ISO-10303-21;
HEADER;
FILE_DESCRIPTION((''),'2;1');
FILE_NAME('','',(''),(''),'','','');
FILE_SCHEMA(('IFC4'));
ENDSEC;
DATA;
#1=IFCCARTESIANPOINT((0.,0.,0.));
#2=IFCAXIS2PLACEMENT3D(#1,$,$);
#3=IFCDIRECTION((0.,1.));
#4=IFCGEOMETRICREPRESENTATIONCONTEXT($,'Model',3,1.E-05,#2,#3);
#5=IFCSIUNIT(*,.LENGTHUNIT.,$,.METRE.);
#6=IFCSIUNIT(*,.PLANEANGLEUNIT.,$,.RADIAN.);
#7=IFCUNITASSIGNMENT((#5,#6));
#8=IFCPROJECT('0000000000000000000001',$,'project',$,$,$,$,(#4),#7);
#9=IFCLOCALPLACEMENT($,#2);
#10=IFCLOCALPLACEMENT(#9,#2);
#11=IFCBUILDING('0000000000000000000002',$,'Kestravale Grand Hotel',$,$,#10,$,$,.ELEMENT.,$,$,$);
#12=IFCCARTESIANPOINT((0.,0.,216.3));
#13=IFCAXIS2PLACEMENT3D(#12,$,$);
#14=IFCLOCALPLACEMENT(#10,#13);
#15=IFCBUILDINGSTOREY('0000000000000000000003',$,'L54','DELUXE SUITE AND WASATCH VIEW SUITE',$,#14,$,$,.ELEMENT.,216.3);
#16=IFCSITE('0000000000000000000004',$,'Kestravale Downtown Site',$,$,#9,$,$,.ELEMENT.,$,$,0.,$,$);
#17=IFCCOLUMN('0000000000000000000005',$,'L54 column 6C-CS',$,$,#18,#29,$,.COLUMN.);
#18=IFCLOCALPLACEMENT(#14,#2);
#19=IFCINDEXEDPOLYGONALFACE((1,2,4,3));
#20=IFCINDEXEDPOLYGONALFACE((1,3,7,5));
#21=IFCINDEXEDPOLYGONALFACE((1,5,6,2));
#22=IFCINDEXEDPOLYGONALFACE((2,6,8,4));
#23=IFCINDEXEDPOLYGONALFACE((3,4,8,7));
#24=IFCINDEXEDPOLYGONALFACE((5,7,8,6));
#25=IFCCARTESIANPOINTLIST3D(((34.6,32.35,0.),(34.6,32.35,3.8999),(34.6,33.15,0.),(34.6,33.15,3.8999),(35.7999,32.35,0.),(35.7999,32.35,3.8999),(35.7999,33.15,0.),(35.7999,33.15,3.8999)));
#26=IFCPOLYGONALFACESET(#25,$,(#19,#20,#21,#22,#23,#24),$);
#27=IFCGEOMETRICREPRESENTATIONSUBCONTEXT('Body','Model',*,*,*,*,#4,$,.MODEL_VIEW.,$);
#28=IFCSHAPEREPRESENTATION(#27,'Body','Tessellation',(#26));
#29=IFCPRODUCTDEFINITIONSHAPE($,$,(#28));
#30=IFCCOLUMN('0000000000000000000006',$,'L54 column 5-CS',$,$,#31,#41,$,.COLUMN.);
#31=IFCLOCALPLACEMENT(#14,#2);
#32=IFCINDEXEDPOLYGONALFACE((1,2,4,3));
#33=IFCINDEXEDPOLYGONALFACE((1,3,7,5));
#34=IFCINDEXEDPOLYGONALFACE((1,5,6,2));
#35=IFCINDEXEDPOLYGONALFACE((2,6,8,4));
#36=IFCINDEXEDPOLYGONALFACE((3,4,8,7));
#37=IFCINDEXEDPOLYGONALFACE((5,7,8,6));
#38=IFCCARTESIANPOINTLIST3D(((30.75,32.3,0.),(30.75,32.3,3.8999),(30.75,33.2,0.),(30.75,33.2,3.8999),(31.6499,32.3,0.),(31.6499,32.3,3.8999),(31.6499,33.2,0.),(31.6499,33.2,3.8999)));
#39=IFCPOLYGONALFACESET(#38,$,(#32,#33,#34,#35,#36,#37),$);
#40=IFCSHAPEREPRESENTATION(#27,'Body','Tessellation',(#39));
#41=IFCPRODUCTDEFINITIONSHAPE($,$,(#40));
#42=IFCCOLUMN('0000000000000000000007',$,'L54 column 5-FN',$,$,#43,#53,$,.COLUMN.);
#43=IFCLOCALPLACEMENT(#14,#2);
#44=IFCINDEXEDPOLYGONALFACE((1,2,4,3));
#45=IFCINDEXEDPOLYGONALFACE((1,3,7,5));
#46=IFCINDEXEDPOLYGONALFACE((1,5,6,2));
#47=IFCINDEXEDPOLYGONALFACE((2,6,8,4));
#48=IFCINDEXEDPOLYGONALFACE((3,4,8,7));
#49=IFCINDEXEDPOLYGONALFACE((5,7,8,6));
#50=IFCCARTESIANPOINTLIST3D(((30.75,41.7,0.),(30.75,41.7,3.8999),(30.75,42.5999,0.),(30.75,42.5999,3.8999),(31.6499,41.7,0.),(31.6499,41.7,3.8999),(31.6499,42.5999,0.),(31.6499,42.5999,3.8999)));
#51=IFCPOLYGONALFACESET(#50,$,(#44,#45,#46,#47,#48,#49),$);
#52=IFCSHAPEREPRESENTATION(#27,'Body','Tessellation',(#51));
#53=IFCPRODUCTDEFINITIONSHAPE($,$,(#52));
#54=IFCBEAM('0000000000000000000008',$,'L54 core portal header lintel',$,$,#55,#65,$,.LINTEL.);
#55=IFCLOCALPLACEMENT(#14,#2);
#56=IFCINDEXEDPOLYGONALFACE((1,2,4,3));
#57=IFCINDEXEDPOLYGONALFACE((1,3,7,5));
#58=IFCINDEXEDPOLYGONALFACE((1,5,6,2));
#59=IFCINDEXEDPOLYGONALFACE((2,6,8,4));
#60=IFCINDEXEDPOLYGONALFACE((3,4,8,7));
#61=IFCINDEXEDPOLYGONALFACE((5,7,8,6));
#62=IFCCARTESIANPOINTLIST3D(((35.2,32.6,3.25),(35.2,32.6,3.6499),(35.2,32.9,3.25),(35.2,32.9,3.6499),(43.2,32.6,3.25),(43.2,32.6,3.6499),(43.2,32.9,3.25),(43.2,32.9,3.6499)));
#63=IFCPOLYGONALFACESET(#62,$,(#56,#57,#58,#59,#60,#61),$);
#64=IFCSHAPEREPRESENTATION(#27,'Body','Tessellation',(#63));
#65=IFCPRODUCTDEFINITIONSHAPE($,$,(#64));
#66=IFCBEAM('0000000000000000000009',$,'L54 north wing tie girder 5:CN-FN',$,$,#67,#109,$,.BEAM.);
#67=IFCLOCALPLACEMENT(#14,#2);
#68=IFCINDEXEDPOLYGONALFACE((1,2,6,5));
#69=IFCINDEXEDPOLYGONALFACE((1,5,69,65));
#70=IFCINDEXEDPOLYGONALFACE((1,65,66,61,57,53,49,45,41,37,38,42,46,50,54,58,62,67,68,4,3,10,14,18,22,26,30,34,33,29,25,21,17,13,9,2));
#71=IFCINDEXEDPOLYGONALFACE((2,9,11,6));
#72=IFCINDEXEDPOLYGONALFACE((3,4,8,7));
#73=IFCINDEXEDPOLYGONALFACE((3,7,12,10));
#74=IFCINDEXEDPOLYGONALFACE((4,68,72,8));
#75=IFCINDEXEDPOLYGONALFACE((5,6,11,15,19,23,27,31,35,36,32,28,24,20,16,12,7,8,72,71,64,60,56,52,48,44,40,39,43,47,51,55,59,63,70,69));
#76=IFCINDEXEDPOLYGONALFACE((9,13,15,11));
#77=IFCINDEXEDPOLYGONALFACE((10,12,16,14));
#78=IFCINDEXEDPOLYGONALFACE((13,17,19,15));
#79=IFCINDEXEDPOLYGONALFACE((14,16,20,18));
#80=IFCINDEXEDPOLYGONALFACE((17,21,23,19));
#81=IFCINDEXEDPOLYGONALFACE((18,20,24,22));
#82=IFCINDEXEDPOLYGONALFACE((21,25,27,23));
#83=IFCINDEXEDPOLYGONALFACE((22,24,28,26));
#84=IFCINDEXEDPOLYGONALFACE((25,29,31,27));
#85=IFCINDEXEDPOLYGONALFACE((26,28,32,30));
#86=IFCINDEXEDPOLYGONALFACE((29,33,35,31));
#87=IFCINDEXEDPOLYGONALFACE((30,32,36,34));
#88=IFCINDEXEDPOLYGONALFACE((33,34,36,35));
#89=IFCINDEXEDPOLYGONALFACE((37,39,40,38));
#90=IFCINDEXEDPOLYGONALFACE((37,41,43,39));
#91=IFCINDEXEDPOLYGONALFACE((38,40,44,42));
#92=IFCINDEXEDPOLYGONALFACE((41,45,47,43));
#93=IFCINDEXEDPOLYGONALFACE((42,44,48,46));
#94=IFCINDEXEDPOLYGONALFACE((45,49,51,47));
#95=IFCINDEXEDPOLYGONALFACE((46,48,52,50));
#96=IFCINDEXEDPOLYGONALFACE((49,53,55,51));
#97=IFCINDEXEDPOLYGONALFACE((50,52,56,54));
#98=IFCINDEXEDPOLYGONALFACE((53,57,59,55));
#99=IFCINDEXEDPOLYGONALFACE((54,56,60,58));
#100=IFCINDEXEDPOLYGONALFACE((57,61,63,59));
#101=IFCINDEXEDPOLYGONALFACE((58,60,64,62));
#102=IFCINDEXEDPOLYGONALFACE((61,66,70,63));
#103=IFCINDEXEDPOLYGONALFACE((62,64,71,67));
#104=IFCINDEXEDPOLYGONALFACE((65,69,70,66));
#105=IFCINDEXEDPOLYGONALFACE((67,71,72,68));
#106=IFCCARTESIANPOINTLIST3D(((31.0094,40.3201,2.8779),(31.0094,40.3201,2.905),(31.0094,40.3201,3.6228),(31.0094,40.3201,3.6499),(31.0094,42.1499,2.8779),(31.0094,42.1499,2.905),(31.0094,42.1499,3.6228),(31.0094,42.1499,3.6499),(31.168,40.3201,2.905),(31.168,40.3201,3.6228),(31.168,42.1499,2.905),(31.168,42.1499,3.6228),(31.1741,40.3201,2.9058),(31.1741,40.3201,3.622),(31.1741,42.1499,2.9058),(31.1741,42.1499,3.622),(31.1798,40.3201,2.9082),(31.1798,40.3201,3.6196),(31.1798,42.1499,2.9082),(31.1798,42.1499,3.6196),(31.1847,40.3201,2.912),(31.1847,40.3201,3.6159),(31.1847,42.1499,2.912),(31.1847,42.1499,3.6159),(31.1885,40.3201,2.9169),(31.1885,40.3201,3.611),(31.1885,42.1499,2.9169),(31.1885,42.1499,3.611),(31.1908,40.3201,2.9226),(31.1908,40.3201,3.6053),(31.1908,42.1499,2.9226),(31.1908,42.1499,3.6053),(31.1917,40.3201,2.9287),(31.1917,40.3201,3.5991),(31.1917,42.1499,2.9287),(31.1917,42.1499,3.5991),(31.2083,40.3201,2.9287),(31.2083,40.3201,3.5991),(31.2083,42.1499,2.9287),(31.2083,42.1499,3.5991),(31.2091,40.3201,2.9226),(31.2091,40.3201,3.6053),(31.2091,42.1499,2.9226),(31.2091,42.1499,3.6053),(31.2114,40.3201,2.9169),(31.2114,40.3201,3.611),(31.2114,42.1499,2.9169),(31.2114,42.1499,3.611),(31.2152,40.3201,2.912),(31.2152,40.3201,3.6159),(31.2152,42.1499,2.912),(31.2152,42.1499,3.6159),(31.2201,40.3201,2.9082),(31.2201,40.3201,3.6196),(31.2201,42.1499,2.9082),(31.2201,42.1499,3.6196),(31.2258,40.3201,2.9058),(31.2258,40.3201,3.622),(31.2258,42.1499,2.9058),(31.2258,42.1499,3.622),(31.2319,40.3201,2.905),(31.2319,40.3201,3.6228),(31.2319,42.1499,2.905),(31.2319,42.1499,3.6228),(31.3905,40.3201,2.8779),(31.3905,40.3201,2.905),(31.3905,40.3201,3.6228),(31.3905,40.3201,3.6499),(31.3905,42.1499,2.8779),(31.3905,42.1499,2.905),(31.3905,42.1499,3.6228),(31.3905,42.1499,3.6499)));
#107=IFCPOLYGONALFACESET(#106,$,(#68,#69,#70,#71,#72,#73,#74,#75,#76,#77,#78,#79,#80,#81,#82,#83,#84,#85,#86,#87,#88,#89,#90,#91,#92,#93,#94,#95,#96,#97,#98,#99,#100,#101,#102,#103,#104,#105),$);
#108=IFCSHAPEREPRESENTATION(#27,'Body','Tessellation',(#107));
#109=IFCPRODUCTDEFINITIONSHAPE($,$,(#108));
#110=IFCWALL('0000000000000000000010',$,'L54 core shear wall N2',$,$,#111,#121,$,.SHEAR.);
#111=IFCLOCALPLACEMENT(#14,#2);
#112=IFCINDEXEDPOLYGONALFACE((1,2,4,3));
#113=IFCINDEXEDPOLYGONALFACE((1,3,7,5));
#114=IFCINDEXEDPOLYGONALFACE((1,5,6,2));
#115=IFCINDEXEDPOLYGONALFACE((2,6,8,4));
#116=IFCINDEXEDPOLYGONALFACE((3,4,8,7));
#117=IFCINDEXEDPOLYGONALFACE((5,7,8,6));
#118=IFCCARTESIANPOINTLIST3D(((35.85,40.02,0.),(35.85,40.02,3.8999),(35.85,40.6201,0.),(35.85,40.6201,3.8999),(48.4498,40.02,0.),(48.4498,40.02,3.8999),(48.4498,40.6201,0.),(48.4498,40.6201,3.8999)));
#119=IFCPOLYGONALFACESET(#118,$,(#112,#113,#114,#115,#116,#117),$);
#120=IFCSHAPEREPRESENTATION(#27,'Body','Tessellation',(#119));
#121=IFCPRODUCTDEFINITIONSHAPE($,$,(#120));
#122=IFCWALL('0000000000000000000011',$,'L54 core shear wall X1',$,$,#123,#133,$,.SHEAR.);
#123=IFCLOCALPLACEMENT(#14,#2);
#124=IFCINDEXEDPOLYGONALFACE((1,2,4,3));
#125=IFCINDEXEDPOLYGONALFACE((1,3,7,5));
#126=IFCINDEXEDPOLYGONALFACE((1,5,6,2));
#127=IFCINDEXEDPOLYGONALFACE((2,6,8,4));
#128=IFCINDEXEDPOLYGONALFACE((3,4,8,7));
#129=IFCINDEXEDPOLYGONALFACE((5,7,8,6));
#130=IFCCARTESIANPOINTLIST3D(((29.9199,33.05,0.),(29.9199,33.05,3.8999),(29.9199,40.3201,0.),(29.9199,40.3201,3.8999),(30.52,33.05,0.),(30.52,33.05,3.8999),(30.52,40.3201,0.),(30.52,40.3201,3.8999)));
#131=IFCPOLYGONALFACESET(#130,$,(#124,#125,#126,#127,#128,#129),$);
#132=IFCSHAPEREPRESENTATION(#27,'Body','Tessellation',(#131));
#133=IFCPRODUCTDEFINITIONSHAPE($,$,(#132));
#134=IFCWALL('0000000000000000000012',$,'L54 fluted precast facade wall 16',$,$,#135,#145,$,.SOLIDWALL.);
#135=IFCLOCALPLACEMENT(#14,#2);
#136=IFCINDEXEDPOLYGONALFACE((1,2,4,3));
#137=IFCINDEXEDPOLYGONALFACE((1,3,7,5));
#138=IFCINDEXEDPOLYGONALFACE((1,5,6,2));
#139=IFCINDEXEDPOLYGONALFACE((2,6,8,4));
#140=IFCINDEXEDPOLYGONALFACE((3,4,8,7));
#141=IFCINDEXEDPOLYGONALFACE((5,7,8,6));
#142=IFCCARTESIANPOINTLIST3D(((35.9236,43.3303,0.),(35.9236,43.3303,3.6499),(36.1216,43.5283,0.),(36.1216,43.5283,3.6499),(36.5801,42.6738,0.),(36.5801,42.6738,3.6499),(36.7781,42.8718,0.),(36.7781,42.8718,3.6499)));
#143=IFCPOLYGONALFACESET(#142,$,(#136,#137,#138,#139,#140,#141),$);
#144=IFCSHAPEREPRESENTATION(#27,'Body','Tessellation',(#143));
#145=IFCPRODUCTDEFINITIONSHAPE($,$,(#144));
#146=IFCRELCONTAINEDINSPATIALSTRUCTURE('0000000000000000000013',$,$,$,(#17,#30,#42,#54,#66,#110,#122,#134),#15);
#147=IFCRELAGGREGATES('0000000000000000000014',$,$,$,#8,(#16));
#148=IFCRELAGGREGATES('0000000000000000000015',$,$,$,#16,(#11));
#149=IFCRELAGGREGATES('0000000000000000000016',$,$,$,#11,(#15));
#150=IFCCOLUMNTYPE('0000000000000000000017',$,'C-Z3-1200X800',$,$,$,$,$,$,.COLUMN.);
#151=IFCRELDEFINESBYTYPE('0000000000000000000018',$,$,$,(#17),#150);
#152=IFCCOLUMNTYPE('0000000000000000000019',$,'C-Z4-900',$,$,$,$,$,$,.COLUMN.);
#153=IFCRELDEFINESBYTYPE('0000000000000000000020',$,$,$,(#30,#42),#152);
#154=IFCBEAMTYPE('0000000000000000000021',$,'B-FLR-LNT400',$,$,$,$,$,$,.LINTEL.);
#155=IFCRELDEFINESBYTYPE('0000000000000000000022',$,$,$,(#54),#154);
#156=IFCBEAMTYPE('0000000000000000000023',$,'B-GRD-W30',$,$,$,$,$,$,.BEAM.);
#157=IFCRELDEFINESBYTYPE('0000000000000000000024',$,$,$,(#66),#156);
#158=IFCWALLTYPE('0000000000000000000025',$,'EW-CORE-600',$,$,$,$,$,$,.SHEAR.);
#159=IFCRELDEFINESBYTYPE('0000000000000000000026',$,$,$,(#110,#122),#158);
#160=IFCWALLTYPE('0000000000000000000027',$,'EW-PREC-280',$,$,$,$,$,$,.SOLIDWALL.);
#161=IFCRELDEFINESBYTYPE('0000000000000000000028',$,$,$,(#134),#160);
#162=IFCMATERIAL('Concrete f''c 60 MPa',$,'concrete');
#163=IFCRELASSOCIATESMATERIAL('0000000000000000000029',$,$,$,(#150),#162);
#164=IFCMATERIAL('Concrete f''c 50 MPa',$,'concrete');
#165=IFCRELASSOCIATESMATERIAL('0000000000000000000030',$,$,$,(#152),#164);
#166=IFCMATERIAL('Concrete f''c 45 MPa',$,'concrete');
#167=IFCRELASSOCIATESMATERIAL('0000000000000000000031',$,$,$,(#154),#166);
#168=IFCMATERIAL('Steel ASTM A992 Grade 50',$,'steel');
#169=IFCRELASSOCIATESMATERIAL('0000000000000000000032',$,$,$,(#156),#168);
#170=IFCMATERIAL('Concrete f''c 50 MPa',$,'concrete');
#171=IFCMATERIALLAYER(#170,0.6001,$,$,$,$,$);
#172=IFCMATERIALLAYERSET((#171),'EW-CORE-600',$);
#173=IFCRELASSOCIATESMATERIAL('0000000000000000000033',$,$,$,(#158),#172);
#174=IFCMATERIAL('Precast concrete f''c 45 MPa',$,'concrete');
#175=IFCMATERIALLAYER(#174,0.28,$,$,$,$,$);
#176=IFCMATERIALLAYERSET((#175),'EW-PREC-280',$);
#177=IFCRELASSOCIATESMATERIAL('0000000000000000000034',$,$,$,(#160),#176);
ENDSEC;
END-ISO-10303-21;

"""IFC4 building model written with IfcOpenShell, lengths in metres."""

from ifc_helpers import new_model, si_unit, direction, frame, frame_2d, origin, origin_2d, place, context, subcontext, project, spatial, rectangle, i_section, extrude, material, layer, layer_set, material_profile, profile_set, type_object, element, save


model = new_model("IFC4")

# Units and contexts
model_context = context("Model", 3, precision=1e-05, world=origin(), true_north=direction((0.0, 1.0)))
body_context = subcontext(model_context, "Body", "Model", "MODEL_VIEW")
ifc_project = project(units=[si_unit("LENGTHUNIT", "METRE"), si_unit("PLANEANGLEUNIT", "RADIAN")], contexts=[model_context])

# Site, building, storey
site_placement = place(None, origin())
site = spatial("IfcSite", under=ifc_project, at=site_placement, Name="Kestravale Downtown Site", CompositionType="ELEMENT", RefElevation=0.0)
building_placement = place(site_placement, origin())
building = spatial("IfcBuilding", under=site, at=building_placement, Name="Kestravale Grand Hotel", CompositionType="ELEMENT")
storey_placement = place(building_placement, frame((0.0, 0.0, 216.3)))
storey = spatial("IfcBuildingStorey", under=building, at=storey_placement, Name="L54", Description="DELUXE SUITE AND WASATCH VIEW SUITE", CompositionType="ELEMENT", Elevation=216.3)

# Columns
ifc_material_1 = material(Name="Concrete f'c 60 MPa", Category="concrete")
ifc_material_profile_1 = material_profile(ifc_material_1, rectangle(XDim=1.2, YDim=0.8, at=origin_2d()))
ifc_profile_set_1 = profile_set([ifc_material_profile_1], Name="Concrete f'c 60 MPa")
column_type_1 = type_object("IfcColumnType", Name="C-Z3-1200X800", PredefinedType="COLUMN", material=ifc_profile_set_1)
column_placement = place(storey_placement, frame((35.2, 32.75, 0.0), z_axis=(0.0, 0.0, 1.0), x_axis=(1.0, 0.0, 0.0)))
element("IfcColumn", 1, at=column_placement, inside=storey, type_object=column_type_1, Name="L54 column 6C-CS", PredefinedType="COLUMN", context=body_context, shape_type="SweptSolid", body=[
    extrude(rectangle(XDim=1.2, YDim=0.8, at=origin_2d()), origin(), (0.0, 0.0, 1.0), 3.8999),
])
ifc_material_2 = material(Name="Concrete f'c 50 MPa", Category="concrete")
ifc_material_profile_2 = material_profile(ifc_material_2, rectangle(XDim=0.8999, YDim=0.8999, at=origin_2d()))
ifc_profile_set_2 = profile_set([ifc_material_profile_2], Name="Concrete f'c 50 MPa")
column_type_2 = type_object("IfcColumnType", Name="C-Z4-900", PredefinedType="COLUMN", material=ifc_profile_set_2)
for number, where, z_axis, x_axis, name in (
    (2, (31.2, 32.75, 0.0), (0.0, 0.0, 1.0), (1.0, 0.0, 0.0), "L54 column 5-CS"),
    (3, (31.2, 42.1499, 0.0), (0.0, 0.0, 1.0), (1.0, 0.0, 0.0), "L54 column 5-FN"),
):
    element("IfcColumn", number, at=place(storey_placement, frame(where, z_axis=z_axis, x_axis=x_axis)), inside=storey, type_object=column_type_2, Name=name, PredefinedType="COLUMN", context=body_context, shape_type="SweptSolid", body=[
        extrude(rectangle(XDim=0.8999, YDim=0.8999, at=origin_2d()), origin(), (0.0, 0.0, 1.0), 3.8999),
    ])

# Beams
ifc_material_3 = material(Name="Concrete f'c 45 MPa", Category="concrete")
ifc_material_profile_3 = material_profile(ifc_material_3, rectangle(XDim=0.3, YDim=0.3999, at=origin_2d()))
ifc_profile_set_3 = profile_set([ifc_material_profile_3], Name="Concrete f'c 45 MPa")
beam_type_1 = type_object("IfcBeamType", Name="B-FLR-LNT400", PredefinedType="LINTEL", material=ifc_profile_set_3)
beam_1_placement = place(storey_placement, frame((35.2, 32.75, 3.45), z_axis=(1.0, 0.0, 0.0), x_axis=(0.0, 1.0, 0.0)))
element("IfcBeam", 4, at=beam_1_placement, inside=storey, type_object=beam_type_1, Name="L54 core portal header lintel", PredefinedType="LINTEL", context=body_context, shape_type="SweptSolid", body=[
    extrude(rectangle(XDim=0.3, YDim=0.3999, at=origin_2d()), origin(), (0.0, 0.0, 1.0), 8.0),
])
ifc_material_4 = material(Name="Steel ASTM A992 Grade 50", Category="steel")
ifc_material_profile_4 = material_profile(ifc_material_4, i_section(OverallWidth=0.3811, OverallDepth=0.772, WebThickness=0.0166, FlangeThickness=0.0271, FilletRadius=0.0237, at=origin_2d()))
ifc_profile_set_4 = profile_set([ifc_material_profile_4], Name="Steel ASTM A992 Grade 50")
beam_type_2 = type_object("IfcBeamType", Name="B-GRD-W30", PredefinedType="BEAM", material=ifc_profile_set_4)
beam_2_placement = place(storey_placement, frame((31.2, 40.3201, 3.2639), z_axis=(0.0, 1.0, 0.0), x_axis=(-1.0, 0.0, 0.0)))
element("IfcBeam", 5, at=beam_2_placement, inside=storey, type_object=beam_type_2, Name="L54 north wing tie girder 5:CN-FN", PredefinedType="BEAM", context=body_context, shape_type="SweptSolid", body=[
    extrude(i_section(OverallWidth=0.3811, OverallDepth=0.772, WebThickness=0.0166, FlangeThickness=0.0271, FilletRadius=0.0237, at=origin_2d()), origin(), (0.0, 0.0, 1.0), 1.8298),
])

# Walls
ifc_material_5 = material(Name="Concrete f'c 50 MPa", Category="concrete")
ifc_layer_1 = layer(ifc_material_5, 0.6001)
ifc_layer_set_1 = layer_set([ifc_layer_1], Name="EW-CORE-600")
wall_type_1 = type_object("IfcWallType", Name="EW-CORE-600", PredefinedType="SHEAR", material=ifc_layer_set_1)
wall_1_placement = place(storey_placement, frame((35.8501, 40.3201, 0.0), z_axis=(0.0, 0.0, 1.0), x_axis=(1.0, 0.0, 0.0)))
element("IfcWall", 6, at=wall_1_placement, inside=storey, type_object=wall_type_1, Name="L54 core shear wall N2", PredefinedType="SHEAR", context=body_context, shape_type="SweptSolid", body=[
    extrude(rectangle(XDim=12.5999, YDim=0.6001, at=frame_2d((6.2998, 0.0))), origin(), (0.0, 0.0, 1.0), 3.8999),
])
wall_2_placement = place(storey_placement, frame((30.22, 33.05, 0.0), z_axis=(0.0, 0.0, 1.0), x_axis=(0.0, 1.0, 0.0)))
element("IfcWall", 7, at=wall_2_placement, inside=storey, type_object=wall_type_1, Name="L54 core shear wall X1", PredefinedType="SHEAR", context=body_context, shape_type="SweptSolid", body=[
    extrude(rectangle(XDim=7.27, YDim=0.6001, at=frame_2d((3.635, 0.0))), origin(), (0.0, 0.0, 1.0), 3.8999),
])

# Wall
ifc_material_6 = material(Name="Precast concrete f'c 45 MPa", Category="concrete")
ifc_layer_2 = layer(ifc_material_6, 0.28)
ifc_layer_set_2 = layer_set([ifc_layer_2], Name="EW-PREC-280")
wall_type_2 = type_object("IfcWallType", Name="EW-PREC-280", PredefinedType="SOLIDWALL", material=ifc_layer_set_2)
wall_3_placement = place(storey_placement, frame((36.6792, 42.7727, 0.0), z_axis=(0.0, 0.0, 1.0), x_axis=(-0.707107, 0.707107, 0.0)))
element("IfcWall", 8, at=wall_3_placement, inside=storey, type_object=wall_type_2, Name="L54 fluted precast facade wall 16", PredefinedType="SOLIDWALL", context=body_context, shape_type="SweptSolid", body=[
    extrude(rectangle(XDim=0.9285, YDim=0.28, at=frame_2d((0.4644, 0.0))), origin(), (0.0, 0.0, 1.0), 3.6499),
])

save(model, "model.ifc")
